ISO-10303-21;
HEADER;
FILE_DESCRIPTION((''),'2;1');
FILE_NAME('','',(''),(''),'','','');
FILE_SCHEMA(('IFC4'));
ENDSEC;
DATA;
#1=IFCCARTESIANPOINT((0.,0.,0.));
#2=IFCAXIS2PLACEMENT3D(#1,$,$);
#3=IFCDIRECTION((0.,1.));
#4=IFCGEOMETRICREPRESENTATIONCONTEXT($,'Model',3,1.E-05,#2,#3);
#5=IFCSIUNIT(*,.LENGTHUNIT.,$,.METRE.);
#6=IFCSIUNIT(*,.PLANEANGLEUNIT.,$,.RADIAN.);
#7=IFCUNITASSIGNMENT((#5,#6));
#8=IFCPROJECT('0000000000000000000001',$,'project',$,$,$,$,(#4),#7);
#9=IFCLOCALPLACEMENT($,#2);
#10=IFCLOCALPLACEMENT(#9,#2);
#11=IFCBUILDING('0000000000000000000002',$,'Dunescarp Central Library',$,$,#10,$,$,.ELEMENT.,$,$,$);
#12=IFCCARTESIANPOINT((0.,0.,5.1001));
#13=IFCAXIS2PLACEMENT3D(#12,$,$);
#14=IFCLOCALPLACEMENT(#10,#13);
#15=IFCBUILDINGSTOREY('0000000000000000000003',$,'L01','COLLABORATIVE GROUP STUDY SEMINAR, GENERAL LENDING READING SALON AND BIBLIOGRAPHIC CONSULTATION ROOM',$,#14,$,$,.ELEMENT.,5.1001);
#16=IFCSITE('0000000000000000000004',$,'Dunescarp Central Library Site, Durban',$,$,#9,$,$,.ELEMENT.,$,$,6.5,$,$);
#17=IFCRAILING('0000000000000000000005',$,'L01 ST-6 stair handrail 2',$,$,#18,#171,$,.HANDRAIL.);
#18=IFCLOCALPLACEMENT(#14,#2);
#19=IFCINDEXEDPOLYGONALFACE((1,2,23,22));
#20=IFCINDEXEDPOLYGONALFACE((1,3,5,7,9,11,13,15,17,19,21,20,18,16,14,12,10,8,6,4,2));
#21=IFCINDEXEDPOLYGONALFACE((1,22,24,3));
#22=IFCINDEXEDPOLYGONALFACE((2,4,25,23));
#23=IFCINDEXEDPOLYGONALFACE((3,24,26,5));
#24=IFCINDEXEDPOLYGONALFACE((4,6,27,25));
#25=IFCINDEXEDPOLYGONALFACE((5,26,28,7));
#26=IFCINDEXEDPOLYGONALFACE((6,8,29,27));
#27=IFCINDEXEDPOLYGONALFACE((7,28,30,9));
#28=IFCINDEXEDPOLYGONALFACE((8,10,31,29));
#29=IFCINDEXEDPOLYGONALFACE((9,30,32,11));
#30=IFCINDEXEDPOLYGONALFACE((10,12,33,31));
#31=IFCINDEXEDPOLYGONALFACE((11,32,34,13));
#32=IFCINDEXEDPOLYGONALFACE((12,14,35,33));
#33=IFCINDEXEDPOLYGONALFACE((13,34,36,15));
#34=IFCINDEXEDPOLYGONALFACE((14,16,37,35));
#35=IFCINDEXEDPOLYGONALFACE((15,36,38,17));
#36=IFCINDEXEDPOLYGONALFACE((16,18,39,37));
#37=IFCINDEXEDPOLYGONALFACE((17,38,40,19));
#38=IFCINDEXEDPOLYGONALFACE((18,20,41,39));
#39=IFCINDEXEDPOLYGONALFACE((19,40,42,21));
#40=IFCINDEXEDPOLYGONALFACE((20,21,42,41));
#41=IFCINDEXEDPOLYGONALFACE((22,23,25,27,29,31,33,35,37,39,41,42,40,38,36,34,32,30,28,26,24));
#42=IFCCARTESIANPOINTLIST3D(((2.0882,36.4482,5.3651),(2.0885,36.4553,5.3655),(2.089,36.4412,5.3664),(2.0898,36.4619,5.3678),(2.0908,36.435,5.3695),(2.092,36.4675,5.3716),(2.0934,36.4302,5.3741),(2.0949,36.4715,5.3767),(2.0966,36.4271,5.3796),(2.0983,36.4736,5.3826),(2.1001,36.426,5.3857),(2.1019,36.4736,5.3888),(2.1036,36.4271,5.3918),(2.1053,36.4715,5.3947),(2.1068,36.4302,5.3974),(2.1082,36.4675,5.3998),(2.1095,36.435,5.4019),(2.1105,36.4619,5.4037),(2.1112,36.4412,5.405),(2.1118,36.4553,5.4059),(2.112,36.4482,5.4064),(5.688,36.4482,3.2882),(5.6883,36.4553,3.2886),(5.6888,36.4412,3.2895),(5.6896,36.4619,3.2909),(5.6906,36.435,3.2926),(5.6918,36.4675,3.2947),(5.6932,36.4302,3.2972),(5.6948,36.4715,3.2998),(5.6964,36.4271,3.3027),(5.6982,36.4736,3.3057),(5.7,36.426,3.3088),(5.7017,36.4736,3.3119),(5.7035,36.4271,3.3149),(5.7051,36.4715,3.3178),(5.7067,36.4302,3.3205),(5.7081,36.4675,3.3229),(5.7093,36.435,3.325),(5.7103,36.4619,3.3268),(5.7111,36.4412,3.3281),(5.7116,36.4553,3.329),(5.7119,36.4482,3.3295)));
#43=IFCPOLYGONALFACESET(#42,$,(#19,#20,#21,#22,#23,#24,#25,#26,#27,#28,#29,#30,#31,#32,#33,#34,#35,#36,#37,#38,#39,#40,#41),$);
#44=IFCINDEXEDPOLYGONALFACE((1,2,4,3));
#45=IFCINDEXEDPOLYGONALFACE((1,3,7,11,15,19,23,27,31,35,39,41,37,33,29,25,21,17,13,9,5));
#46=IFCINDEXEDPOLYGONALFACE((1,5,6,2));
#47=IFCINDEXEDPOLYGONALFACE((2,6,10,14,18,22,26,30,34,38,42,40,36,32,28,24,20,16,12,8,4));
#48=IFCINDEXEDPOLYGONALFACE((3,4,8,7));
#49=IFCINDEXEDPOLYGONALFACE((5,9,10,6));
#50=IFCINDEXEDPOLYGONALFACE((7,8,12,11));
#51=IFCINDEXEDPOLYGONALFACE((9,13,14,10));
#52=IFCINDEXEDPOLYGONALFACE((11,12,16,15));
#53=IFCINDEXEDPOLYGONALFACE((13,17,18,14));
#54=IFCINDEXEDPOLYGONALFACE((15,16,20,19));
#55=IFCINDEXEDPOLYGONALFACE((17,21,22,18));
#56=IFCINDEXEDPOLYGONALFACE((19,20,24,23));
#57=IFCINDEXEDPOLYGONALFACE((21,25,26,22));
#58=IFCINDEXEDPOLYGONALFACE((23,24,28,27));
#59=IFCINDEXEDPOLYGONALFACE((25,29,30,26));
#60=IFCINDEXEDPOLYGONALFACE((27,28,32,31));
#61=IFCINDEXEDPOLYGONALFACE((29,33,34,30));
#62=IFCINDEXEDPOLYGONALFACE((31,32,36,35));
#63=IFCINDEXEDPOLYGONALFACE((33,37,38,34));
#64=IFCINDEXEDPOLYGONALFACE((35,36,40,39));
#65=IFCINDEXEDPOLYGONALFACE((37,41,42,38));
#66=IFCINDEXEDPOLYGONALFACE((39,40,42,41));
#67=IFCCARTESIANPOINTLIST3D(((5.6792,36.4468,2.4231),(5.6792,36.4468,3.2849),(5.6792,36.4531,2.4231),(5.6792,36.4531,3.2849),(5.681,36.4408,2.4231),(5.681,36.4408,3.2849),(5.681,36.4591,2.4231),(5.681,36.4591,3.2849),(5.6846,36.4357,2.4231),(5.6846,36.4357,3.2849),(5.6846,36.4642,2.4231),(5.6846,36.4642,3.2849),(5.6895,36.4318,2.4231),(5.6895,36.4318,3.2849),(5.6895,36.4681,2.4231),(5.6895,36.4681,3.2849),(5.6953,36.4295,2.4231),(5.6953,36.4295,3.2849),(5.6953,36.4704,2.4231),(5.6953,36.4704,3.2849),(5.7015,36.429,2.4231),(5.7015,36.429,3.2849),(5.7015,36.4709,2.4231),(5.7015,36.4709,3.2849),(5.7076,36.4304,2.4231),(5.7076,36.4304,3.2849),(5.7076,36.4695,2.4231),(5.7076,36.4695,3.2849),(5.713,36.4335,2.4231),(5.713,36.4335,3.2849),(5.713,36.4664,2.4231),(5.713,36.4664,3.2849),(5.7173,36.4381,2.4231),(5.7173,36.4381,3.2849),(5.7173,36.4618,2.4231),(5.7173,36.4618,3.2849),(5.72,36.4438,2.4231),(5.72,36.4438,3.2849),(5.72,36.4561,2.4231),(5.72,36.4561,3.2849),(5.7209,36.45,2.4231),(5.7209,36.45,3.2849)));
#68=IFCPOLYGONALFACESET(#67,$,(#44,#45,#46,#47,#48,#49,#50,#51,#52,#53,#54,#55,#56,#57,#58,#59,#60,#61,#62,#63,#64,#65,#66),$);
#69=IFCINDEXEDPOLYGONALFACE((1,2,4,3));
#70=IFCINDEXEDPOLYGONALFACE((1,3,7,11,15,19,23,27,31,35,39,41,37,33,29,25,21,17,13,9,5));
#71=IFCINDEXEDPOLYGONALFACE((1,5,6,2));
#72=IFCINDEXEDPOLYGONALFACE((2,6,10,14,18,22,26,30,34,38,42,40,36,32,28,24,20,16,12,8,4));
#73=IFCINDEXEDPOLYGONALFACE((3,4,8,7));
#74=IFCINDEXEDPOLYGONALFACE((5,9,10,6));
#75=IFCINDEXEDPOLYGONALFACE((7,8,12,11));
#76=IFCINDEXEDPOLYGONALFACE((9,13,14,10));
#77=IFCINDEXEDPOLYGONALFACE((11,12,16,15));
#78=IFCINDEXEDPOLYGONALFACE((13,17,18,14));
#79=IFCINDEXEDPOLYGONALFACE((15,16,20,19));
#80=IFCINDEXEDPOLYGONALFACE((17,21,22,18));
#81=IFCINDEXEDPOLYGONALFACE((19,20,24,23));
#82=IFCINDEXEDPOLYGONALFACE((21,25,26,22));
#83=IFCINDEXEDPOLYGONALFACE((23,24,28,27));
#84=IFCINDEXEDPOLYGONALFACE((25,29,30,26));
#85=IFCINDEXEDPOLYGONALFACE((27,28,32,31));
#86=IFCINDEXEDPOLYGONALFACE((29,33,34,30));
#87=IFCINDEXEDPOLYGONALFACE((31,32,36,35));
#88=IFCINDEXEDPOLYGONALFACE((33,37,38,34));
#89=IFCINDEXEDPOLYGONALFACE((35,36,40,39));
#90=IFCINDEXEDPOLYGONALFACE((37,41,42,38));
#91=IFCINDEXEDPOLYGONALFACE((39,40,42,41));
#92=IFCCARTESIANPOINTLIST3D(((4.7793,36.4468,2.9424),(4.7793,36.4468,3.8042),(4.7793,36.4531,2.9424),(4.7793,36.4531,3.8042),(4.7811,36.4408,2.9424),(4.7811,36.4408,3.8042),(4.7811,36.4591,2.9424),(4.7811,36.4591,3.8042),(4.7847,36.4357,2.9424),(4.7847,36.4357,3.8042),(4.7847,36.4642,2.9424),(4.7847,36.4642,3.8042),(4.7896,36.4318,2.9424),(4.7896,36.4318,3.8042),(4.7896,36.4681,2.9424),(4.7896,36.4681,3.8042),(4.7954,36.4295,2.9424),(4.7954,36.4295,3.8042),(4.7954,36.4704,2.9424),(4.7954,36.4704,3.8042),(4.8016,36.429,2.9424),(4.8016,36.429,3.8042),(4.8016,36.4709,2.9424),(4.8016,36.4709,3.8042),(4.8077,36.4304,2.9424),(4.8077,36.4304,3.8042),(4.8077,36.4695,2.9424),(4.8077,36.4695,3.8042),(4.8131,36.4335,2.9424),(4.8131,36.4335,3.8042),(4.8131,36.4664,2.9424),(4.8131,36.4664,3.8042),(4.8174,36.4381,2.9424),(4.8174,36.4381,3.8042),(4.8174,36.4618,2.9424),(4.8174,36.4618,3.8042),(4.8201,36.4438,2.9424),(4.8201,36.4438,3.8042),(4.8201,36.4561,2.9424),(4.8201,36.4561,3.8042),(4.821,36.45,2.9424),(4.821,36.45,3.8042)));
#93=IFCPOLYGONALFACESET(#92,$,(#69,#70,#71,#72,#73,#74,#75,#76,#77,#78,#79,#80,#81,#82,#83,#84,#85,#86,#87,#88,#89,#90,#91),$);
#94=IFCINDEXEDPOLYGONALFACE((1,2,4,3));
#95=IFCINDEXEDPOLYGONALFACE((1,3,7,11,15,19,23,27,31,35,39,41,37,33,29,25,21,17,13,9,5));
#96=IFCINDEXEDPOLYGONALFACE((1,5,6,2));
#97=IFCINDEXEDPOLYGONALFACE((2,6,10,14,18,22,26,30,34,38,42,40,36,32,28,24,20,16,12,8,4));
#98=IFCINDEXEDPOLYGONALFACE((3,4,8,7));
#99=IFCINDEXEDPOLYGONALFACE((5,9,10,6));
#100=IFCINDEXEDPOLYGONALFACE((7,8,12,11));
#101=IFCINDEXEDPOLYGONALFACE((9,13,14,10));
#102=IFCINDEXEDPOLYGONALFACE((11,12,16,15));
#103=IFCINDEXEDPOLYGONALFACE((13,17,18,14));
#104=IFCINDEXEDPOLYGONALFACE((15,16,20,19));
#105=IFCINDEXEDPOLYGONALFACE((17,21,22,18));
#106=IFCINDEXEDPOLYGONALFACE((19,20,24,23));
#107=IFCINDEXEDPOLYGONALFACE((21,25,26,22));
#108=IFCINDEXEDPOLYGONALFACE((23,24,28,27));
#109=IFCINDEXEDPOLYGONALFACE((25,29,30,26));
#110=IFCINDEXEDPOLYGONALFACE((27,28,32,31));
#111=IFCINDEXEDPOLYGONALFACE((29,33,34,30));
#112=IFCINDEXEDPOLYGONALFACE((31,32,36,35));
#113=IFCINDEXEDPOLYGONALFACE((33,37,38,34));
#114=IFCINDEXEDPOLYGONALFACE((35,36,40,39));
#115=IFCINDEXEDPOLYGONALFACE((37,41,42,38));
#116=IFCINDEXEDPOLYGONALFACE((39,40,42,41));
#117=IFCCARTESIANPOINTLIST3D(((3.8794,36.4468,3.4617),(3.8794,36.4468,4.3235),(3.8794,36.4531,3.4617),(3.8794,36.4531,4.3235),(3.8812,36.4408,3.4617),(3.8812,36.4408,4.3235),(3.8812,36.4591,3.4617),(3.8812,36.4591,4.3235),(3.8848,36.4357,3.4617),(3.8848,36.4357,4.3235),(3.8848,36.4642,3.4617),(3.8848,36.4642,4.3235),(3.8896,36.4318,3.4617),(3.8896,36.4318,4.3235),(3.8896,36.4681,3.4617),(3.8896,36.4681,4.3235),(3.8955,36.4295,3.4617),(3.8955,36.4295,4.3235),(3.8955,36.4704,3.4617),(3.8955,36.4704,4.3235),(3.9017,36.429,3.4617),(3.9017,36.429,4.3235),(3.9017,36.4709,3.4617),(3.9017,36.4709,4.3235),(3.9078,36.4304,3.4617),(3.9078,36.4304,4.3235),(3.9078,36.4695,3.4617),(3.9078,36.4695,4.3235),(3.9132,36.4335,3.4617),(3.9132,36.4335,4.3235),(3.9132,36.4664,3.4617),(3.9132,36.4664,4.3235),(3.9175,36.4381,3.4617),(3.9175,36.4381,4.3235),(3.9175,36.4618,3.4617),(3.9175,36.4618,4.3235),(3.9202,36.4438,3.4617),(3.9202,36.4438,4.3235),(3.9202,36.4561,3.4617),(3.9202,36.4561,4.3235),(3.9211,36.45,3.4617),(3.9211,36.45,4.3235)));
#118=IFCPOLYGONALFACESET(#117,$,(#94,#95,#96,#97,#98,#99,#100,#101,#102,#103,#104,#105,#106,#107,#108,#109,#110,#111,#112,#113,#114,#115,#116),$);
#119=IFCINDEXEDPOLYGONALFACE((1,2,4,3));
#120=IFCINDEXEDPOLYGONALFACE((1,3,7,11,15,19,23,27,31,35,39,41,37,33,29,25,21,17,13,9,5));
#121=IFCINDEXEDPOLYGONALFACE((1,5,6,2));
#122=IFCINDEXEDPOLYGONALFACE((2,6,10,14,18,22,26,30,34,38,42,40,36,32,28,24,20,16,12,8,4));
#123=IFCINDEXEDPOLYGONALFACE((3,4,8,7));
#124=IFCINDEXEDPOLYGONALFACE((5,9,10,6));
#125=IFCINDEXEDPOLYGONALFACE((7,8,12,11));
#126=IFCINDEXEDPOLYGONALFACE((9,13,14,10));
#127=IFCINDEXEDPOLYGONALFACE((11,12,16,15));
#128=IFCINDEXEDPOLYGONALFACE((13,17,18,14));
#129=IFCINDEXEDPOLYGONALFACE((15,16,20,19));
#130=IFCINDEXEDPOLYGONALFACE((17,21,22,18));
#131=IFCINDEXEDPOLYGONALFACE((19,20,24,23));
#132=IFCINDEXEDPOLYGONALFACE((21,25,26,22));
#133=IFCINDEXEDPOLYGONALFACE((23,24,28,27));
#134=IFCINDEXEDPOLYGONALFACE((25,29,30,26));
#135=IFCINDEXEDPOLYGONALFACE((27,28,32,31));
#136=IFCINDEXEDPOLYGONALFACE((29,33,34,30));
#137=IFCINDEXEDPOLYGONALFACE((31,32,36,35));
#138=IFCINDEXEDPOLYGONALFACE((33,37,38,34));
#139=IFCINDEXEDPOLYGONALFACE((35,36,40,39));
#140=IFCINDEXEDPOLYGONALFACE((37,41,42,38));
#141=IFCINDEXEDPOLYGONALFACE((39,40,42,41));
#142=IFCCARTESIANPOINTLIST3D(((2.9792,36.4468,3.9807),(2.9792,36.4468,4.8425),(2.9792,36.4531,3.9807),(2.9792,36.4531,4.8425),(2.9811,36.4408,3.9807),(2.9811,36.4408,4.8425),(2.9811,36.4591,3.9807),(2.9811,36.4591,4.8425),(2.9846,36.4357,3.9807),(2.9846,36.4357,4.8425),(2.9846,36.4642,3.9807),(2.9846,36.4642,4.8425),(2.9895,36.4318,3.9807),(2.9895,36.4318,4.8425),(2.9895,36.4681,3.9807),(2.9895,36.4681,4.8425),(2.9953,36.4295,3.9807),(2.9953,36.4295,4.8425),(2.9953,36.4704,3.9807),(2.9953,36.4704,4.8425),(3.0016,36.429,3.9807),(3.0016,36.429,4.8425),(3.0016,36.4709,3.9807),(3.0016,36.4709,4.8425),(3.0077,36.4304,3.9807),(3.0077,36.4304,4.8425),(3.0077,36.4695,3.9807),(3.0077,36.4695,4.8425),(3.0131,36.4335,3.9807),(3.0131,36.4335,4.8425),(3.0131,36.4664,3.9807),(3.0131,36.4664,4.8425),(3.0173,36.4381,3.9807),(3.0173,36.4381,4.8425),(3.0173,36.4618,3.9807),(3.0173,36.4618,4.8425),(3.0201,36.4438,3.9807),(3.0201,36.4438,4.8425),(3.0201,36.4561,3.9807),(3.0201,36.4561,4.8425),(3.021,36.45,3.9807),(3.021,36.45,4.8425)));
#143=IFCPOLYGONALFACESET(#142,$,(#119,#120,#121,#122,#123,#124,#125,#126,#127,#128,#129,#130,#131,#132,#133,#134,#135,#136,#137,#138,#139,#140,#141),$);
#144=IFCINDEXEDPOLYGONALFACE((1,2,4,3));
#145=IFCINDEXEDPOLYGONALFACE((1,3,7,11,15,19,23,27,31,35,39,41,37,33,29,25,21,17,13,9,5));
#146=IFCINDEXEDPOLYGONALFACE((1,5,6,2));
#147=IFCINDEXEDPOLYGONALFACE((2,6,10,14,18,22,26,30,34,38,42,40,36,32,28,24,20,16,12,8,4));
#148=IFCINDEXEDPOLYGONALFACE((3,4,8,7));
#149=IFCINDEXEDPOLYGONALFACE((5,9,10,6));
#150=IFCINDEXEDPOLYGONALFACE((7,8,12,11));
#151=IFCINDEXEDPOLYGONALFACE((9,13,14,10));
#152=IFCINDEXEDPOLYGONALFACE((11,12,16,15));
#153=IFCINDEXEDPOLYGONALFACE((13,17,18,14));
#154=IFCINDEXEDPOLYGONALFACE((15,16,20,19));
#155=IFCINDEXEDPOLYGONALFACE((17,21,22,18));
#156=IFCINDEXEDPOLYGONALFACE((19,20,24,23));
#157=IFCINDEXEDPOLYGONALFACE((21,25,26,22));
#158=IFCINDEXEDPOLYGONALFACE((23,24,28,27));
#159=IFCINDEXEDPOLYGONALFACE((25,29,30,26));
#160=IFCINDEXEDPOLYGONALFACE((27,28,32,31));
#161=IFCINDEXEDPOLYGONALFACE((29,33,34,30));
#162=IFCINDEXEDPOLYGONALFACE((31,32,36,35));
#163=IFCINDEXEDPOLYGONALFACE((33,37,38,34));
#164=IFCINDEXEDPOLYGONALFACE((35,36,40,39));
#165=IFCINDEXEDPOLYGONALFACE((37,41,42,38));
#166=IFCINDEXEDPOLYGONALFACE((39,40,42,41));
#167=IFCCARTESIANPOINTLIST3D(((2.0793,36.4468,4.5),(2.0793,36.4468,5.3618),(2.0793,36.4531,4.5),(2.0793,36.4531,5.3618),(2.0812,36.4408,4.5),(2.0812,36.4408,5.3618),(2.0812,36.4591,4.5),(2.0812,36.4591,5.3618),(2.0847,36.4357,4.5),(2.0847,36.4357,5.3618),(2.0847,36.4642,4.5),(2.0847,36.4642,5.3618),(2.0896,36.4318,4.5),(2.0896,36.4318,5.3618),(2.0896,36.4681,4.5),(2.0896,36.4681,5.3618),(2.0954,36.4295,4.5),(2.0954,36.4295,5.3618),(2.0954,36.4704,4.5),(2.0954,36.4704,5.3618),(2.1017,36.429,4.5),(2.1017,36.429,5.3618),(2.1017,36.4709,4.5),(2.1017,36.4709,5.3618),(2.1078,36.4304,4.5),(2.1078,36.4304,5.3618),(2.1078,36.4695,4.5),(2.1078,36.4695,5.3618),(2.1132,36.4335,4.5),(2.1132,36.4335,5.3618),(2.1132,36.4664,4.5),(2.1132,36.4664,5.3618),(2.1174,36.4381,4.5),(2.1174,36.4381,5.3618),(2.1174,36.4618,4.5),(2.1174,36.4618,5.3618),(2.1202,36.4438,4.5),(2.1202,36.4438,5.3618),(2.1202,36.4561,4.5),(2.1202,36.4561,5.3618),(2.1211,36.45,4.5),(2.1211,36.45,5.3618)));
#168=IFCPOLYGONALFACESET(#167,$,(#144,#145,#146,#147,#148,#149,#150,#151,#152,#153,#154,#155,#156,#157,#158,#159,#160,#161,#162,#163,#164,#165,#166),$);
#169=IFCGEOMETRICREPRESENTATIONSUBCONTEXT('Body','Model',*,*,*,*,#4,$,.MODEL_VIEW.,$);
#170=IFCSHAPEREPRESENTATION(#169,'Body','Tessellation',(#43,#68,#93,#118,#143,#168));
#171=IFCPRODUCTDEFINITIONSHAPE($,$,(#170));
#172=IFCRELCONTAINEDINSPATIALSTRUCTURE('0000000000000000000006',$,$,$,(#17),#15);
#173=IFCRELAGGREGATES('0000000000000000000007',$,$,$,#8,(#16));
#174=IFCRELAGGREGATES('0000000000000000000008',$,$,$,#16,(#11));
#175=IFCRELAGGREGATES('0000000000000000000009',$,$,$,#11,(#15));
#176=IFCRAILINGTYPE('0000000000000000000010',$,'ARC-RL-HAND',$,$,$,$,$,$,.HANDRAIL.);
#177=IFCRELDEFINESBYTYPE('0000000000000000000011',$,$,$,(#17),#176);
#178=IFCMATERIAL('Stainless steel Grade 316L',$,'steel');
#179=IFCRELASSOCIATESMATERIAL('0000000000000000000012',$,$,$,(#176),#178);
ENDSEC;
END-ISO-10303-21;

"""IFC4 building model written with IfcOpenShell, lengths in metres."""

from ifc_helpers import new_model, si_unit, direction, frame, origin, origin_2d, place, context, subcontext, project, spatial, circle, extrude, material, type_object, element, save


model = new_model("IFC4")

# Units and contexts
model_context = context("Model", 3, precision=1e-05, world=origin(), true_north=direction((0.0, 1.0)))
body_context = subcontext(model_context, "Body", "Model", "MODEL_VIEW")
ifc_project = project(units=[si_unit("LENGTHUNIT", "METRE"), si_unit("PLANEANGLEUNIT", "RADIAN")], contexts=[model_context])

# Site, building, storey
site_placement = place(None, origin())
site = spatial("IfcSite", under=ifc_project, at=site_placement, Name="Dunescarp Central Library Site, Durban", CompositionType="ELEMENT", RefElevation=6.5)
building_placement = place(site_placement, origin())
building = spatial("IfcBuilding", under=site, at=building_placement, Name="Dunescarp Central Library", CompositionType="ELEMENT")
storey_placement = place(building_placement, frame((0.0, 0.0, 5.1001)))
storey = spatial("IfcBuildingStorey", under=building, at=storey_placement, Name="L01", Description="COLLABORATIVE GROUP STUDY SEMINAR, GENERAL LENDING READING SALON AND BIBLIOGRAPHIC CONSULTATION ROOM", CompositionType="ELEMENT", Elevation=5.1001)

# Railing
ifc_material_1 = material(Name="Stainless steel Grade 316L", Category="steel")
railing_type_1 = type_object("IfcRailingType", Name="ARC-RL-HAND", PredefinedType="HANDRAIL", material=ifc_material_1)
railing_1_placement = place(storey_placement, frame((5.7, 36.45, 2.4231)))
element("IfcRailing", 1, at=railing_1_placement, inside=storey, type_object=railing_type_1, Name="L01 ST-6 stair handrail 2", PredefinedType="HANDRAIL", context=body_context, shape_type="SweptSolid", body=[
    extrude(circle(Radius=0.0239, at=origin_2d()), frame((0.0, 0.0, 0.8857), z_axis=(-0.866179, 0.0, 0.499734), x_axis=(0.0, -1.0, 0.0)), (0.0, 0.0, 1.0), 4.156),
    extrude(circle(Radius=0.021, at=origin_2d()), origin(), (0.0, 0.0, 1.0), 0.8618),
    extrude(circle(Radius=0.021, at=origin_2d()), frame((-0.8999, 0.0, 0.5193)), (0.0, 0.0, 1.0), 0.8618),
    extrude(circle(Radius=0.021, at=origin_2d()), frame((-1.7998, 0.0, 1.0386)), (0.0, 0.0, 1.0), 0.8618),
    extrude(circle(Radius=0.021, at=origin_2d()), frame((-2.7, 0.0, 1.5576)), (0.0, 0.0, 1.0), 0.8618),
    extrude(circle(Radius=0.021, at=origin_2d()), frame((-3.5999, 0.0, 2.0769)), (0.0, 0.0, 1.0), 0.8618),
])

save(model, "model.ifc")
